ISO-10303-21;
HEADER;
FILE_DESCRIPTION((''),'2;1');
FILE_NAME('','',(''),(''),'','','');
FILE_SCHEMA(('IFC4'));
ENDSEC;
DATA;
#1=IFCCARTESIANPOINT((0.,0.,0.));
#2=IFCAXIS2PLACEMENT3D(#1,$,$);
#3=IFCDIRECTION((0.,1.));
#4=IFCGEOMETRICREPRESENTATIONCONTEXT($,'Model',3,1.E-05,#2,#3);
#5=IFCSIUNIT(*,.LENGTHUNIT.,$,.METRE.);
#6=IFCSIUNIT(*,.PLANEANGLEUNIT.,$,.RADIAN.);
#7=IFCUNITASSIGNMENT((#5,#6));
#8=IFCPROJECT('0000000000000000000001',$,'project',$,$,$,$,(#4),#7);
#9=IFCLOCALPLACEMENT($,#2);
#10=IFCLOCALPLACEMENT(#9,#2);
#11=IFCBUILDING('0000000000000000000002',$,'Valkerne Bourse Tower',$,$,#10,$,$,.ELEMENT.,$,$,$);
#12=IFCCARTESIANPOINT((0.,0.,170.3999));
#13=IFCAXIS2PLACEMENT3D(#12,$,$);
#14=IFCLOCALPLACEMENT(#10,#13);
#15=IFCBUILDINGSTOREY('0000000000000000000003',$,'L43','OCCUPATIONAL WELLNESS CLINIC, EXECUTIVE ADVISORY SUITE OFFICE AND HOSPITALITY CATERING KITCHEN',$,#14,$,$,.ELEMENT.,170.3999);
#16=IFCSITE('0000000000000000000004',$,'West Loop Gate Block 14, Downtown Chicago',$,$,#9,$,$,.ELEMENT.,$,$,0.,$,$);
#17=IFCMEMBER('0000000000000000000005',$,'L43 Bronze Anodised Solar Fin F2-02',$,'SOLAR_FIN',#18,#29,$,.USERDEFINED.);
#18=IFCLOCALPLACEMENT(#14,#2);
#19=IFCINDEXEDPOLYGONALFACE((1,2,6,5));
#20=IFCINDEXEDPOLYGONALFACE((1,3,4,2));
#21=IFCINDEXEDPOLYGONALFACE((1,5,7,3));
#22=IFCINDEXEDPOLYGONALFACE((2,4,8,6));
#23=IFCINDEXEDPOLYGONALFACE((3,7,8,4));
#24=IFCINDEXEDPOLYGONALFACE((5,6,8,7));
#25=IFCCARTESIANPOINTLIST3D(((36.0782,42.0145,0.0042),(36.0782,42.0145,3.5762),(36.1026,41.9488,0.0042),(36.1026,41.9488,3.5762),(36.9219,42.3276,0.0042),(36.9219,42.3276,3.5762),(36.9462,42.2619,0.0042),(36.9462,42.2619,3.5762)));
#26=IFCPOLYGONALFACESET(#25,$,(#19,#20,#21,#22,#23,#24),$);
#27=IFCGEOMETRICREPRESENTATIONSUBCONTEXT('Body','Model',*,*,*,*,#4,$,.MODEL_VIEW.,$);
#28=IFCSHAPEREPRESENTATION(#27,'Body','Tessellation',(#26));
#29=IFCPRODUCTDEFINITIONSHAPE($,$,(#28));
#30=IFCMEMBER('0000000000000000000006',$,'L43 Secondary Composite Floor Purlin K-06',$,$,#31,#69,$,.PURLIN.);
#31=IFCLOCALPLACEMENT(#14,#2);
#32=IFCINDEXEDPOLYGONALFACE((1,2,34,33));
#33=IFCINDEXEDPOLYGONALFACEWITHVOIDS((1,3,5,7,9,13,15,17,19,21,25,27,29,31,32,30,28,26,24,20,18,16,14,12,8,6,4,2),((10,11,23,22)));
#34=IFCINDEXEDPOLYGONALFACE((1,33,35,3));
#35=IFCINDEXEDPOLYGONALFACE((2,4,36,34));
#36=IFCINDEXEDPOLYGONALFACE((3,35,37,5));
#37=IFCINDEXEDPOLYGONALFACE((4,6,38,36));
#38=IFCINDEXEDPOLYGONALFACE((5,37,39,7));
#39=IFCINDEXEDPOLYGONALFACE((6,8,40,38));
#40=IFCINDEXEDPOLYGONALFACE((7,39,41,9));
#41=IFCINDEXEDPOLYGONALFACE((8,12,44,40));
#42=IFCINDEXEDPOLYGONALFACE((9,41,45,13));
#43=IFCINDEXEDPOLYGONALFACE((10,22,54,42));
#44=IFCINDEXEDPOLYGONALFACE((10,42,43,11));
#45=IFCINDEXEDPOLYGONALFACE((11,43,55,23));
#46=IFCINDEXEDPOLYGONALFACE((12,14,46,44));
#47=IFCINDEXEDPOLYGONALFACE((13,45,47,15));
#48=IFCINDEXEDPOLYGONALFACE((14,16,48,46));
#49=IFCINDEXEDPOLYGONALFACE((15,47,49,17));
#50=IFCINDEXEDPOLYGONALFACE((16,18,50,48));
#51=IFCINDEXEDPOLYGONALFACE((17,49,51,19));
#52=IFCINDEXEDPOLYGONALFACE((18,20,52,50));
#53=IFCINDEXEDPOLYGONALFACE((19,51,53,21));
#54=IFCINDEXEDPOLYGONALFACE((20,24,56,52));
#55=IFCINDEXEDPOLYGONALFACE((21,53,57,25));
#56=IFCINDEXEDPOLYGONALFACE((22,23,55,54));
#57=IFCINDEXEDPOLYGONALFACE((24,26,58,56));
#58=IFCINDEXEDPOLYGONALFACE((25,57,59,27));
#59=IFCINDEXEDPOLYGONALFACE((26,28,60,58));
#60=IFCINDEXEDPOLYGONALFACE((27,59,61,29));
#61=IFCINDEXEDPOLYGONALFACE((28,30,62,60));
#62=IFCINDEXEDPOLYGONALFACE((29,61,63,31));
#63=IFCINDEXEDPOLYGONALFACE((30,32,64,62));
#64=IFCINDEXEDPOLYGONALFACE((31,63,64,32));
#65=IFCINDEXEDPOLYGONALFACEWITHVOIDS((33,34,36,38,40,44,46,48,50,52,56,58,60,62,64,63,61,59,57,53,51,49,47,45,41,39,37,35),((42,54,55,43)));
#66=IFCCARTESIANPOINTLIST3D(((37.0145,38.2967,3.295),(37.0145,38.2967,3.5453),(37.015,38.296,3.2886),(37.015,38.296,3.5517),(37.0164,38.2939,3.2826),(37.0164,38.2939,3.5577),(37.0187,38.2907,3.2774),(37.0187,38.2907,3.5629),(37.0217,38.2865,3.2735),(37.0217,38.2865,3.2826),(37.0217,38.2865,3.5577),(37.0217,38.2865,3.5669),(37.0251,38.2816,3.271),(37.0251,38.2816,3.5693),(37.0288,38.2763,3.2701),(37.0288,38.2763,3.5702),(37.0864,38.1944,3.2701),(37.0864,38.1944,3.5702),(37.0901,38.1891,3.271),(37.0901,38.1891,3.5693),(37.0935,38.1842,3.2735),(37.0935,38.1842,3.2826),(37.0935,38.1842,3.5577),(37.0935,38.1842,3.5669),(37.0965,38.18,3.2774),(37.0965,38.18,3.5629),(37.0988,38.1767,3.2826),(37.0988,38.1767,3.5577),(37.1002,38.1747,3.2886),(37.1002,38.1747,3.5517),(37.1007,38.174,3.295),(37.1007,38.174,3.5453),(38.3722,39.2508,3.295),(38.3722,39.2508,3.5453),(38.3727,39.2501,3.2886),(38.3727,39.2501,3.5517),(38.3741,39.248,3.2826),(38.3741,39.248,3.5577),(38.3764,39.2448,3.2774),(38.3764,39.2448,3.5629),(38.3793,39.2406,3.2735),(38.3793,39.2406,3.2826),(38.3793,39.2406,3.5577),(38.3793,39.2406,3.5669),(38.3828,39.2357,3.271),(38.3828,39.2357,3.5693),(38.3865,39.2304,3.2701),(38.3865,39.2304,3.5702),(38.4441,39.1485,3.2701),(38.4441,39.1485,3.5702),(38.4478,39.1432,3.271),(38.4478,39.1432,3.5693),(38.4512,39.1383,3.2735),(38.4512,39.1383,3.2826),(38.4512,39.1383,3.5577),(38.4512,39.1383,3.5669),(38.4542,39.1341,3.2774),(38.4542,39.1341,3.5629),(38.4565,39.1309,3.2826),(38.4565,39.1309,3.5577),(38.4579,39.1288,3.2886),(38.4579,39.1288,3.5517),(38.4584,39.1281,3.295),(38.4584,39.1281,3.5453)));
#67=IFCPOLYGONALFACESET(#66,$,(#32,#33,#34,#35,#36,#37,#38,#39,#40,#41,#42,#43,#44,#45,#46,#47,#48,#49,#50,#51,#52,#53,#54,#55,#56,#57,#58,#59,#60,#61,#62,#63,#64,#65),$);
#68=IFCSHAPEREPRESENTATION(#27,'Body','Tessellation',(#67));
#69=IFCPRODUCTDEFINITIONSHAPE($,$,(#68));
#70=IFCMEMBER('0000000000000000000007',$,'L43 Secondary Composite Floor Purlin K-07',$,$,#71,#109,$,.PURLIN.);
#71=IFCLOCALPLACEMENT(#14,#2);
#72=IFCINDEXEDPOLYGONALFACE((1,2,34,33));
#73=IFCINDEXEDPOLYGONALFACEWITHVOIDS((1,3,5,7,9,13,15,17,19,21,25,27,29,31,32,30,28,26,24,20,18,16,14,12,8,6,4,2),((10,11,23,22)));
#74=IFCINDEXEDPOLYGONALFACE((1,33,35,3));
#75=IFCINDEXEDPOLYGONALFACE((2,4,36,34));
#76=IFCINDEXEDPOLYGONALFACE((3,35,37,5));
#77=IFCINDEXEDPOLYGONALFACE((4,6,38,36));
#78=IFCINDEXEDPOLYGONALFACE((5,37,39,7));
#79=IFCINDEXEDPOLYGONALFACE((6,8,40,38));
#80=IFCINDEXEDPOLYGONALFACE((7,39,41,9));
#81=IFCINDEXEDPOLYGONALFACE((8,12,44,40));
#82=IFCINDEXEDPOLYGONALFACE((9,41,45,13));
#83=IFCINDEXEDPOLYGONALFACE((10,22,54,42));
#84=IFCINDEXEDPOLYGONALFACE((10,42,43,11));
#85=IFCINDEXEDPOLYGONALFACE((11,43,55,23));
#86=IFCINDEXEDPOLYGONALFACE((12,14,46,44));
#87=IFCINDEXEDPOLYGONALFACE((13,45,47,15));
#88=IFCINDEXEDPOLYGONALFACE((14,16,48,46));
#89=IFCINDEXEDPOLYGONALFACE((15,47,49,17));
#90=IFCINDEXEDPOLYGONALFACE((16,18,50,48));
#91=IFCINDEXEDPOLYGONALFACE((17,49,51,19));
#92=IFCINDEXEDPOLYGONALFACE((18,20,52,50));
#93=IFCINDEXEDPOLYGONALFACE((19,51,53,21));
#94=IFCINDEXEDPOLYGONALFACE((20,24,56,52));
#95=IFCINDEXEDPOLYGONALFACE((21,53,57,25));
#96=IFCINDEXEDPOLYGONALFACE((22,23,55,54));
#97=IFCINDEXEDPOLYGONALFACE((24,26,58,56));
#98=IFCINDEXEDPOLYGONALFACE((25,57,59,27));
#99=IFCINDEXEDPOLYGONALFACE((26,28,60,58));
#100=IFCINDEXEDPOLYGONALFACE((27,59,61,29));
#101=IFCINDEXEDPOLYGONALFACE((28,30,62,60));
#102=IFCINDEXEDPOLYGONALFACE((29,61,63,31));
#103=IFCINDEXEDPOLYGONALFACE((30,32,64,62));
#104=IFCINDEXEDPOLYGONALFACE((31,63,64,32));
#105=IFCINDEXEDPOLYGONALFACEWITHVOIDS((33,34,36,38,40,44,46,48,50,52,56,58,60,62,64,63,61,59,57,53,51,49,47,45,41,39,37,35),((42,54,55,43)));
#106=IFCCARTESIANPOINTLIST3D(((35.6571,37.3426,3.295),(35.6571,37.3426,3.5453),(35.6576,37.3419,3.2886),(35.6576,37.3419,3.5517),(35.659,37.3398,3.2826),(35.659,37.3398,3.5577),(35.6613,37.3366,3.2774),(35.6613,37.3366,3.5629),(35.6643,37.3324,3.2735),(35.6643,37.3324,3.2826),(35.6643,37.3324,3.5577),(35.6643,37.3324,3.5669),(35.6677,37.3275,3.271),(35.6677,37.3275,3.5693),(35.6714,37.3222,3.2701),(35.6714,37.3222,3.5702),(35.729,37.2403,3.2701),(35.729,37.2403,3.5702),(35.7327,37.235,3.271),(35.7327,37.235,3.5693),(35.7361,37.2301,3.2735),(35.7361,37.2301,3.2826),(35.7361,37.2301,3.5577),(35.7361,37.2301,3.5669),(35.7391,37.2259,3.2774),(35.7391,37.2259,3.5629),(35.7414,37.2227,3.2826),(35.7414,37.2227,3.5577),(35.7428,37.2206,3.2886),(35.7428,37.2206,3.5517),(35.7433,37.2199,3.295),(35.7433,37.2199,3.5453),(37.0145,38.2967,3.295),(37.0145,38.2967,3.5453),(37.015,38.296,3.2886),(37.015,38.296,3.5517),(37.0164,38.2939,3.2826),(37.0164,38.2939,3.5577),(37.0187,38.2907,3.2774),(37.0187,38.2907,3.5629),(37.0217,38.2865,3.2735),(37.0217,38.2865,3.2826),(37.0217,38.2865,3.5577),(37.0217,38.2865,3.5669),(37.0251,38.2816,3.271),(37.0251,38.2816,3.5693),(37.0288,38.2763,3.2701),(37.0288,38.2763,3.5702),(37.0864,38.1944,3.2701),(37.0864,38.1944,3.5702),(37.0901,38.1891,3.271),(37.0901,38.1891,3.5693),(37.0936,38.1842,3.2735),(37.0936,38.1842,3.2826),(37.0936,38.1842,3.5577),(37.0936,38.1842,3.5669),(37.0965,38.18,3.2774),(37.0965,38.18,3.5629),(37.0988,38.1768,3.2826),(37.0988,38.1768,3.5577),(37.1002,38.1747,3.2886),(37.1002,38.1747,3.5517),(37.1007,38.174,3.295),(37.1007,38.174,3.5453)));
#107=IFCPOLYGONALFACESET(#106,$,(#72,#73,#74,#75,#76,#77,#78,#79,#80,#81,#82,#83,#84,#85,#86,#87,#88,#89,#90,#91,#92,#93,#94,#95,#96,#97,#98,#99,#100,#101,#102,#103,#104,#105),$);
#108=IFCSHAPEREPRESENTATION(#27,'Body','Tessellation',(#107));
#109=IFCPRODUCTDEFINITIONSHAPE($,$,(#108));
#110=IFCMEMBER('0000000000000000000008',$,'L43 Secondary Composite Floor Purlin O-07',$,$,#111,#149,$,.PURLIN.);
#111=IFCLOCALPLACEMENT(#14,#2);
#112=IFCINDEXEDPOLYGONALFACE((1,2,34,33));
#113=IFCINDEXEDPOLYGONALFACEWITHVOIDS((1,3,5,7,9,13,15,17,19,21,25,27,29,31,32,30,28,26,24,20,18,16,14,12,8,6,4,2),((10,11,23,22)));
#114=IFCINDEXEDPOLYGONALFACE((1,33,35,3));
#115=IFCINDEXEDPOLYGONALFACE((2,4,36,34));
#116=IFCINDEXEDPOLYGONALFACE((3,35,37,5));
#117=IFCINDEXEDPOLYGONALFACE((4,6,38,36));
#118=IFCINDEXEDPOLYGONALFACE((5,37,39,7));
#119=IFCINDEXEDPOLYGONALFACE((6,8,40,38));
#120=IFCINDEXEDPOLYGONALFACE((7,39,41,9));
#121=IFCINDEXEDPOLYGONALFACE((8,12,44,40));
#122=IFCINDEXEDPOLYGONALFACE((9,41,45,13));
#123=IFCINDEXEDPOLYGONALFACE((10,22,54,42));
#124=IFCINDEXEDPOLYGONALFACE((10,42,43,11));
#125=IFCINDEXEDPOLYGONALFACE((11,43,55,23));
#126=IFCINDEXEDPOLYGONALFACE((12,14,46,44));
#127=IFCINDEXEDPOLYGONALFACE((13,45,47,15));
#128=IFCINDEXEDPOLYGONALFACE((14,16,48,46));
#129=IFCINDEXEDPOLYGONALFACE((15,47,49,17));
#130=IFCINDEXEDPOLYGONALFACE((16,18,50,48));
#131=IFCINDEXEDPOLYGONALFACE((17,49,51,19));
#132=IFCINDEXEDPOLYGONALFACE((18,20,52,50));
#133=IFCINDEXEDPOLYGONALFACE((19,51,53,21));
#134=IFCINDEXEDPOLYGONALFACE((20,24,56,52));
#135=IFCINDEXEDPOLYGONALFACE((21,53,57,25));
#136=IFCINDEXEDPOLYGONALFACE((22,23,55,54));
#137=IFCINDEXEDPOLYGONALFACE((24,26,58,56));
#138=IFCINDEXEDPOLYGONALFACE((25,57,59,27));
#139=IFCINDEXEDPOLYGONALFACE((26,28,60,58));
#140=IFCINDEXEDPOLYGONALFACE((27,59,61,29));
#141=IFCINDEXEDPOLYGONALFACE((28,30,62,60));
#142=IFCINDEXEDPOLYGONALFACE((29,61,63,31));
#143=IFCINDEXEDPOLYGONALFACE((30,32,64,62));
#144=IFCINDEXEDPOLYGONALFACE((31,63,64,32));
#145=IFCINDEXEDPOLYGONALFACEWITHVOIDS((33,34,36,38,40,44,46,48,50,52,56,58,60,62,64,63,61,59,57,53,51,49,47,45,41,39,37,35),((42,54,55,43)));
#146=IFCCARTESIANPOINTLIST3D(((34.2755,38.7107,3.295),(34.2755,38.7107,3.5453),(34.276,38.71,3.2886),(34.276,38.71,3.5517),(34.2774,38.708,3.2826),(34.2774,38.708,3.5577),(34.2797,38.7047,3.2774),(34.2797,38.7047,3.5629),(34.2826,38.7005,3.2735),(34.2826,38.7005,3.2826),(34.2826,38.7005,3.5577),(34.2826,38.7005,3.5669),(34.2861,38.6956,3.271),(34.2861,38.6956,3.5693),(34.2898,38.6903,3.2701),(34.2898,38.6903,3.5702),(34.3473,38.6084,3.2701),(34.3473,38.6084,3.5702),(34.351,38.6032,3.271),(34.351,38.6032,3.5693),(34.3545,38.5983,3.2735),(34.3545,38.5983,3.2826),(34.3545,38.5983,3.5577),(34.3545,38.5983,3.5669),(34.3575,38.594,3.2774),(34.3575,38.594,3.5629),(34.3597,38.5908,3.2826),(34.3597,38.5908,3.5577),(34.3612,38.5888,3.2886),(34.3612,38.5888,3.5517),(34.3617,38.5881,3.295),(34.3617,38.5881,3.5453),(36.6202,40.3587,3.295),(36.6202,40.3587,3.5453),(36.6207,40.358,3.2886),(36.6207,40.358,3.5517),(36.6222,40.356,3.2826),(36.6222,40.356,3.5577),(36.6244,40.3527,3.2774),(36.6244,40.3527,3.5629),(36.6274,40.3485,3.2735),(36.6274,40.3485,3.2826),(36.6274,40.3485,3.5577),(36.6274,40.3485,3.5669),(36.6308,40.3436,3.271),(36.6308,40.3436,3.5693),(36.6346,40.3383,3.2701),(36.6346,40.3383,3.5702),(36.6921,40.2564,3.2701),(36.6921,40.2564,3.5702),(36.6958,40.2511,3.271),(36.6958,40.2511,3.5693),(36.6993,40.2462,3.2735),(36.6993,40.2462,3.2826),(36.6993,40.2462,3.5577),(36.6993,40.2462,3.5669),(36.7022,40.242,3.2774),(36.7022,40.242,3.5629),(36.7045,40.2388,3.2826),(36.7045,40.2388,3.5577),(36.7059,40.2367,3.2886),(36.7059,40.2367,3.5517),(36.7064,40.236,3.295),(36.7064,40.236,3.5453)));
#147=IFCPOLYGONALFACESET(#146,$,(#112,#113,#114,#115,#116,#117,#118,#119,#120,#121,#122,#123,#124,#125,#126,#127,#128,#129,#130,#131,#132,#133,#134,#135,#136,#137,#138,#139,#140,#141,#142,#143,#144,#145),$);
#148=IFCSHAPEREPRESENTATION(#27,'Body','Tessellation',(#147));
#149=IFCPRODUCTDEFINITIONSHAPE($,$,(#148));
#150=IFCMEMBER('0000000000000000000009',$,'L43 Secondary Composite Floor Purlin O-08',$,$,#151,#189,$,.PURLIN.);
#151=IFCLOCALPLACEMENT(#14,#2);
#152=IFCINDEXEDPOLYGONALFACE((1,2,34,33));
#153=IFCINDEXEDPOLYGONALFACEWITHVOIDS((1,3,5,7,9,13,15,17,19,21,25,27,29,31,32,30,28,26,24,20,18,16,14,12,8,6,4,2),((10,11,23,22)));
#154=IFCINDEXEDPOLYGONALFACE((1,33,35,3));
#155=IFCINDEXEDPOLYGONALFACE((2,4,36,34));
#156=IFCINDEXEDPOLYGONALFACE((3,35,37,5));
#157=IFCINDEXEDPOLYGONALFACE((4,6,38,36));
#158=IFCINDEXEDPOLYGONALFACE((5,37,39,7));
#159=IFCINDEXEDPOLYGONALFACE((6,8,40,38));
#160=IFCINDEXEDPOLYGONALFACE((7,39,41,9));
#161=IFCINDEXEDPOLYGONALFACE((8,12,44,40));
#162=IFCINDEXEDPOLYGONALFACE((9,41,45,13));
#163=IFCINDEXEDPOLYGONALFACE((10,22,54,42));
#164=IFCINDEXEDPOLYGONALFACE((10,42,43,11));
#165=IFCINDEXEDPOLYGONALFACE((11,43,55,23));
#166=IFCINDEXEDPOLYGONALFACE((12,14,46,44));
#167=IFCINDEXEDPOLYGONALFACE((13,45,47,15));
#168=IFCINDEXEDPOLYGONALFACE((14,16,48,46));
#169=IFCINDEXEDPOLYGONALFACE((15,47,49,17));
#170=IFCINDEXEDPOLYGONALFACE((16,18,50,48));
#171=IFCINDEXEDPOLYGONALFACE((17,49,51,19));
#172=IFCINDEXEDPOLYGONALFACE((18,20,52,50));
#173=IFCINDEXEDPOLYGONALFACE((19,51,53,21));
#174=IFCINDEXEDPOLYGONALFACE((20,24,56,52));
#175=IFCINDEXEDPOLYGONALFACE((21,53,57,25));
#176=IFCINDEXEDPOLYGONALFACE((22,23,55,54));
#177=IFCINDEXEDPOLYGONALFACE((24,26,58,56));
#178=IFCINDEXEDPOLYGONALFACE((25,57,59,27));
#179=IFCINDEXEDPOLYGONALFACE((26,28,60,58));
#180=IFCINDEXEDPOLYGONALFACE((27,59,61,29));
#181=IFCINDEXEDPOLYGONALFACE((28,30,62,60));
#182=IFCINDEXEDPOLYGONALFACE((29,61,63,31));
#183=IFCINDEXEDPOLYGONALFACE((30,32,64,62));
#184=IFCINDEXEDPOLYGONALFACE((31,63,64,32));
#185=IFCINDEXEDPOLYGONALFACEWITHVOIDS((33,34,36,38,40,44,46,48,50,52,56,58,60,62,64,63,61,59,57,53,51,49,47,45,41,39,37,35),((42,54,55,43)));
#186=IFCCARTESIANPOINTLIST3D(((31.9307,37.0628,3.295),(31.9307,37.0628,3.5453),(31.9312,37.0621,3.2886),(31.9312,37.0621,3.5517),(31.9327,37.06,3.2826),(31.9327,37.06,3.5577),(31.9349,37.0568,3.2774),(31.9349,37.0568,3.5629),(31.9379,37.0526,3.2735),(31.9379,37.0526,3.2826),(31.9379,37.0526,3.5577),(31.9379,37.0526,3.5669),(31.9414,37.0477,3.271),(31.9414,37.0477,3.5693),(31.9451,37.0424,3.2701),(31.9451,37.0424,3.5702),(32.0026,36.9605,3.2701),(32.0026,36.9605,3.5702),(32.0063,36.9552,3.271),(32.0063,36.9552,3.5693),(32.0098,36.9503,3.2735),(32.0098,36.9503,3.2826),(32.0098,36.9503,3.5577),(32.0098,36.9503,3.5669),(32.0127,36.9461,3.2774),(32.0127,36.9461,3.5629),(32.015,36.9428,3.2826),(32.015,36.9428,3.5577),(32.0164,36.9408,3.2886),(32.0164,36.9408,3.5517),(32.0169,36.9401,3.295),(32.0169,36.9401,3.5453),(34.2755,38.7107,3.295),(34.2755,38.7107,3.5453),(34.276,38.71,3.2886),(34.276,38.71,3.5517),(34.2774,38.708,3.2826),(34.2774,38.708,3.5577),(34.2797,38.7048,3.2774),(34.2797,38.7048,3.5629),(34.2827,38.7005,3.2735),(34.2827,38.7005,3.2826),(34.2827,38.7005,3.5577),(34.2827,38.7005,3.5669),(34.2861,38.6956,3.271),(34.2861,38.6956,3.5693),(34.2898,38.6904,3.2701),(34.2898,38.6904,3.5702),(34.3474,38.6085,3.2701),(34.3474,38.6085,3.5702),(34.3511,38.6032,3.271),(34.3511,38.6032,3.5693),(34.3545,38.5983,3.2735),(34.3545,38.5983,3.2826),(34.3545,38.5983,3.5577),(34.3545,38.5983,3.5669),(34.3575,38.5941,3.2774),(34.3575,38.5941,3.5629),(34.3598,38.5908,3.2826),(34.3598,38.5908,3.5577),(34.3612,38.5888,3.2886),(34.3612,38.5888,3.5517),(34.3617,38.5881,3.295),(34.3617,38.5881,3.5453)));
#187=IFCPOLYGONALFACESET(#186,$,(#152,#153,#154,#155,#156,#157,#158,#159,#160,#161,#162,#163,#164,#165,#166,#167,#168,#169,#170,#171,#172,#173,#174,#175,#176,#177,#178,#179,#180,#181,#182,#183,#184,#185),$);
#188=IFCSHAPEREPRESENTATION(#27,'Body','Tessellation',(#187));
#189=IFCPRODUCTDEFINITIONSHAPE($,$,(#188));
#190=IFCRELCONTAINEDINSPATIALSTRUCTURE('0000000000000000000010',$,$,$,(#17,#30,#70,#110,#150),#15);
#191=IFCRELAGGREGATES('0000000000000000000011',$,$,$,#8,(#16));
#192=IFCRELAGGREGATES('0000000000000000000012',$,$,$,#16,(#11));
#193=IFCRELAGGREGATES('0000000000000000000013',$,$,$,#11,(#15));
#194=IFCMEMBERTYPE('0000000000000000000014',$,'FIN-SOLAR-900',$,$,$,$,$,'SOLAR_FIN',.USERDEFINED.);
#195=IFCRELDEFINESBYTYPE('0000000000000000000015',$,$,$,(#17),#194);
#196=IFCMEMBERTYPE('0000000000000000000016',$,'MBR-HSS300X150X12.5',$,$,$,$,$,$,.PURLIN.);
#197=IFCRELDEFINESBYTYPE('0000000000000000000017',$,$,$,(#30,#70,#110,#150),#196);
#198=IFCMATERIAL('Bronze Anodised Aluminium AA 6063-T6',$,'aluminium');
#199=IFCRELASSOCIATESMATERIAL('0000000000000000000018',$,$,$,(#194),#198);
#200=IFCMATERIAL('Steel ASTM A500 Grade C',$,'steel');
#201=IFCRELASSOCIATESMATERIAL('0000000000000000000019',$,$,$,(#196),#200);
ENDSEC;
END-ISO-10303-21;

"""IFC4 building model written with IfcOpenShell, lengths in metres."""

from ifc_helpers import new_model, si_unit, direction, frame, origin, origin_2d, place, context, subcontext, project, spatial, rectangle, hollow_rectangle, extrude, material, material_profile, profile_set, type_object, element, save


model = new_model("IFC4")

# Units and contexts
model_context = context("Model", 3, precision=1e-05, world=origin(), true_north=direction((0.0, 1.0)))
body_context = subcontext(model_context, "Body", "Model", "MODEL_VIEW")
ifc_project = project(units=[si_unit("LENGTHUNIT", "METRE"), si_unit("PLANEANGLEUNIT", "RADIAN")], contexts=[model_context])

# Site, building, storey
site_placement = place(None, origin())
site = spatial("IfcSite", under=ifc_project, at=site_placement, Name="West Loop Gate Block 14, Downtown Chicago", CompositionType="ELEMENT", RefElevation=0.0)
building_placement = place(site_placement, origin())
building = spatial("IfcBuilding", under=site, at=building_placement, Name="Valkerne Bourse Tower", CompositionType="ELEMENT")
storey_placement = place(building_placement, frame((0.0, 0.0, 170.3999)))
storey = spatial("IfcBuildingStorey", under=building, at=storey_placement, Name="L43", Description="OCCUPATIONAL WELLNESS CLINIC, EXECUTIVE ADVISORY SUITE OFFICE AND HOSPITALITY CATERING KITCHEN", CompositionType="ELEMENT", Elevation=170.3999)

# Members
ifc_material_1 = material(Name="Bronze Anodised Aluminium AA 6063-T6", Category="aluminium")
ifc_material_profile_1 = material_profile(ifc_material_1, rectangle(XDim=0.0701, YDim=0.8999, at=origin_2d()), Name="FIN-70X900")
ifc_profile_set_1 = profile_set([ifc_material_profile_1], Name="Bronze Anodised Aluminium AA 6063-T6")
member_type_1 = type_object("IfcMemberType", Name="FIN-SOLAR-900", ElementType="SOLAR_FIN", PredefinedType="USERDEFINED", material=ifc_profile_set_1)
member_1_placement = place(storey_placement, frame((36.5122, 42.1382, 0.0042), z_axis=(0.0, 0.0, 1.0), x_axis=(-0.347935, 0.937519, 0.0)))
element("IfcMember", 1, at=member_1_placement, inside=storey, type_object=member_type_1, Name="L43 Bronze Anodised Solar Fin F2-02", ObjectType="SOLAR_FIN", PredefinedType="USERDEFINED", context=body_context, shape_type="SweptSolid", body=[
    extrude(rectangle(XDim=0.0701, YDim=0.8999, at=origin_2d()), origin(), (0.0, 0.0, 1.0), 3.572),
])
ifc_material_2 = material(Name="Steel ASTM A500 Grade C", Category="steel")
ifc_material_profile_2 = material_profile(ifc_material_2, hollow_rectangle(XDim=0.1499, YDim=0.3, WallThickness=0.0125, OuterFilletRadius=0.0249, at=origin_2d()), Name="HSS300X150X12.5")
ifc_profile_set_2 = profile_set([ifc_material_profile_2], Name="Steel ASTM A500 Grade C")
member_type_2 = type_object("IfcMemberType", Name="MBR-HSS300X150X12.5", PredefinedType="PURLIN", material=ifc_profile_set_2)
member_2_placement = place(storey_placement, frame((38.4153, 39.1895, 3.4202), z_axis=(-0.818173, -0.574972, 0.0), x_axis=(0.574972, -0.818173, 0.0)))
element("IfcMember", 2, at=member_2_placement, inside=storey, type_object=member_type_2, Name="L43 Secondary Composite Floor Purlin K-06", PredefinedType="PURLIN", context=body_context, shape_type="SweptSolid", body=[
    extrude(hollow_rectangle(XDim=0.1499, YDim=0.3, WallThickness=0.0125, OuterFilletRadius=0.0249, at=origin_2d()), origin(), (0.0, 0.0, 1.0), 1.6594),
])
member_3_placement = place(storey_placement, frame((37.0576, 38.2354, 3.4202), z_axis=(-0.818124, -0.575041, 0.0), x_axis=(0.575041, -0.818124, 0.0)))
element("IfcMember", 3, at=member_3_placement, inside=storey, type_object=member_type_2, Name="L43 Secondary Composite Floor Purlin K-07", PredefinedType="PURLIN", context=body_context, shape_type="SweptSolid", body=[
    extrude(hollow_rectangle(XDim=0.1499, YDim=0.3, WallThickness=0.0125, OuterFilletRadius=0.0249, at=origin_2d()), origin(), (0.0, 0.0, 1.0), 1.6592),
])
for number, where, z_axis, x_axis, name in (
    (4, (36.6633, 40.2974, 3.4202), (-0.818142, -0.575016, 0.0), (0.575016, -0.818142, 0.0), "L43 Secondary Composite Floor Purlin O-07"),
    (5, (34.3186, 38.6494, 3.4202), (-0.818142, -0.575016, 0.0), (0.575016, -0.818142, 0.0), "L43 Secondary Composite Floor Purlin O-08"),
):
    element("IfcMember", number, at=place(storey_placement, frame(where, z_axis=z_axis, x_axis=x_axis)), inside=storey, type_object=member_type_2, Name=name, PredefinedType="PURLIN", context=body_context, shape_type="SweptSolid", body=[
        extrude(hollow_rectangle(XDim=0.1499, YDim=0.3, WallThickness=0.0125, OuterFilletRadius=0.0249, at=origin_2d()), origin(), (0.0, 0.0, 1.0), 2.866),
    ])

save(model, "model.ifc")
